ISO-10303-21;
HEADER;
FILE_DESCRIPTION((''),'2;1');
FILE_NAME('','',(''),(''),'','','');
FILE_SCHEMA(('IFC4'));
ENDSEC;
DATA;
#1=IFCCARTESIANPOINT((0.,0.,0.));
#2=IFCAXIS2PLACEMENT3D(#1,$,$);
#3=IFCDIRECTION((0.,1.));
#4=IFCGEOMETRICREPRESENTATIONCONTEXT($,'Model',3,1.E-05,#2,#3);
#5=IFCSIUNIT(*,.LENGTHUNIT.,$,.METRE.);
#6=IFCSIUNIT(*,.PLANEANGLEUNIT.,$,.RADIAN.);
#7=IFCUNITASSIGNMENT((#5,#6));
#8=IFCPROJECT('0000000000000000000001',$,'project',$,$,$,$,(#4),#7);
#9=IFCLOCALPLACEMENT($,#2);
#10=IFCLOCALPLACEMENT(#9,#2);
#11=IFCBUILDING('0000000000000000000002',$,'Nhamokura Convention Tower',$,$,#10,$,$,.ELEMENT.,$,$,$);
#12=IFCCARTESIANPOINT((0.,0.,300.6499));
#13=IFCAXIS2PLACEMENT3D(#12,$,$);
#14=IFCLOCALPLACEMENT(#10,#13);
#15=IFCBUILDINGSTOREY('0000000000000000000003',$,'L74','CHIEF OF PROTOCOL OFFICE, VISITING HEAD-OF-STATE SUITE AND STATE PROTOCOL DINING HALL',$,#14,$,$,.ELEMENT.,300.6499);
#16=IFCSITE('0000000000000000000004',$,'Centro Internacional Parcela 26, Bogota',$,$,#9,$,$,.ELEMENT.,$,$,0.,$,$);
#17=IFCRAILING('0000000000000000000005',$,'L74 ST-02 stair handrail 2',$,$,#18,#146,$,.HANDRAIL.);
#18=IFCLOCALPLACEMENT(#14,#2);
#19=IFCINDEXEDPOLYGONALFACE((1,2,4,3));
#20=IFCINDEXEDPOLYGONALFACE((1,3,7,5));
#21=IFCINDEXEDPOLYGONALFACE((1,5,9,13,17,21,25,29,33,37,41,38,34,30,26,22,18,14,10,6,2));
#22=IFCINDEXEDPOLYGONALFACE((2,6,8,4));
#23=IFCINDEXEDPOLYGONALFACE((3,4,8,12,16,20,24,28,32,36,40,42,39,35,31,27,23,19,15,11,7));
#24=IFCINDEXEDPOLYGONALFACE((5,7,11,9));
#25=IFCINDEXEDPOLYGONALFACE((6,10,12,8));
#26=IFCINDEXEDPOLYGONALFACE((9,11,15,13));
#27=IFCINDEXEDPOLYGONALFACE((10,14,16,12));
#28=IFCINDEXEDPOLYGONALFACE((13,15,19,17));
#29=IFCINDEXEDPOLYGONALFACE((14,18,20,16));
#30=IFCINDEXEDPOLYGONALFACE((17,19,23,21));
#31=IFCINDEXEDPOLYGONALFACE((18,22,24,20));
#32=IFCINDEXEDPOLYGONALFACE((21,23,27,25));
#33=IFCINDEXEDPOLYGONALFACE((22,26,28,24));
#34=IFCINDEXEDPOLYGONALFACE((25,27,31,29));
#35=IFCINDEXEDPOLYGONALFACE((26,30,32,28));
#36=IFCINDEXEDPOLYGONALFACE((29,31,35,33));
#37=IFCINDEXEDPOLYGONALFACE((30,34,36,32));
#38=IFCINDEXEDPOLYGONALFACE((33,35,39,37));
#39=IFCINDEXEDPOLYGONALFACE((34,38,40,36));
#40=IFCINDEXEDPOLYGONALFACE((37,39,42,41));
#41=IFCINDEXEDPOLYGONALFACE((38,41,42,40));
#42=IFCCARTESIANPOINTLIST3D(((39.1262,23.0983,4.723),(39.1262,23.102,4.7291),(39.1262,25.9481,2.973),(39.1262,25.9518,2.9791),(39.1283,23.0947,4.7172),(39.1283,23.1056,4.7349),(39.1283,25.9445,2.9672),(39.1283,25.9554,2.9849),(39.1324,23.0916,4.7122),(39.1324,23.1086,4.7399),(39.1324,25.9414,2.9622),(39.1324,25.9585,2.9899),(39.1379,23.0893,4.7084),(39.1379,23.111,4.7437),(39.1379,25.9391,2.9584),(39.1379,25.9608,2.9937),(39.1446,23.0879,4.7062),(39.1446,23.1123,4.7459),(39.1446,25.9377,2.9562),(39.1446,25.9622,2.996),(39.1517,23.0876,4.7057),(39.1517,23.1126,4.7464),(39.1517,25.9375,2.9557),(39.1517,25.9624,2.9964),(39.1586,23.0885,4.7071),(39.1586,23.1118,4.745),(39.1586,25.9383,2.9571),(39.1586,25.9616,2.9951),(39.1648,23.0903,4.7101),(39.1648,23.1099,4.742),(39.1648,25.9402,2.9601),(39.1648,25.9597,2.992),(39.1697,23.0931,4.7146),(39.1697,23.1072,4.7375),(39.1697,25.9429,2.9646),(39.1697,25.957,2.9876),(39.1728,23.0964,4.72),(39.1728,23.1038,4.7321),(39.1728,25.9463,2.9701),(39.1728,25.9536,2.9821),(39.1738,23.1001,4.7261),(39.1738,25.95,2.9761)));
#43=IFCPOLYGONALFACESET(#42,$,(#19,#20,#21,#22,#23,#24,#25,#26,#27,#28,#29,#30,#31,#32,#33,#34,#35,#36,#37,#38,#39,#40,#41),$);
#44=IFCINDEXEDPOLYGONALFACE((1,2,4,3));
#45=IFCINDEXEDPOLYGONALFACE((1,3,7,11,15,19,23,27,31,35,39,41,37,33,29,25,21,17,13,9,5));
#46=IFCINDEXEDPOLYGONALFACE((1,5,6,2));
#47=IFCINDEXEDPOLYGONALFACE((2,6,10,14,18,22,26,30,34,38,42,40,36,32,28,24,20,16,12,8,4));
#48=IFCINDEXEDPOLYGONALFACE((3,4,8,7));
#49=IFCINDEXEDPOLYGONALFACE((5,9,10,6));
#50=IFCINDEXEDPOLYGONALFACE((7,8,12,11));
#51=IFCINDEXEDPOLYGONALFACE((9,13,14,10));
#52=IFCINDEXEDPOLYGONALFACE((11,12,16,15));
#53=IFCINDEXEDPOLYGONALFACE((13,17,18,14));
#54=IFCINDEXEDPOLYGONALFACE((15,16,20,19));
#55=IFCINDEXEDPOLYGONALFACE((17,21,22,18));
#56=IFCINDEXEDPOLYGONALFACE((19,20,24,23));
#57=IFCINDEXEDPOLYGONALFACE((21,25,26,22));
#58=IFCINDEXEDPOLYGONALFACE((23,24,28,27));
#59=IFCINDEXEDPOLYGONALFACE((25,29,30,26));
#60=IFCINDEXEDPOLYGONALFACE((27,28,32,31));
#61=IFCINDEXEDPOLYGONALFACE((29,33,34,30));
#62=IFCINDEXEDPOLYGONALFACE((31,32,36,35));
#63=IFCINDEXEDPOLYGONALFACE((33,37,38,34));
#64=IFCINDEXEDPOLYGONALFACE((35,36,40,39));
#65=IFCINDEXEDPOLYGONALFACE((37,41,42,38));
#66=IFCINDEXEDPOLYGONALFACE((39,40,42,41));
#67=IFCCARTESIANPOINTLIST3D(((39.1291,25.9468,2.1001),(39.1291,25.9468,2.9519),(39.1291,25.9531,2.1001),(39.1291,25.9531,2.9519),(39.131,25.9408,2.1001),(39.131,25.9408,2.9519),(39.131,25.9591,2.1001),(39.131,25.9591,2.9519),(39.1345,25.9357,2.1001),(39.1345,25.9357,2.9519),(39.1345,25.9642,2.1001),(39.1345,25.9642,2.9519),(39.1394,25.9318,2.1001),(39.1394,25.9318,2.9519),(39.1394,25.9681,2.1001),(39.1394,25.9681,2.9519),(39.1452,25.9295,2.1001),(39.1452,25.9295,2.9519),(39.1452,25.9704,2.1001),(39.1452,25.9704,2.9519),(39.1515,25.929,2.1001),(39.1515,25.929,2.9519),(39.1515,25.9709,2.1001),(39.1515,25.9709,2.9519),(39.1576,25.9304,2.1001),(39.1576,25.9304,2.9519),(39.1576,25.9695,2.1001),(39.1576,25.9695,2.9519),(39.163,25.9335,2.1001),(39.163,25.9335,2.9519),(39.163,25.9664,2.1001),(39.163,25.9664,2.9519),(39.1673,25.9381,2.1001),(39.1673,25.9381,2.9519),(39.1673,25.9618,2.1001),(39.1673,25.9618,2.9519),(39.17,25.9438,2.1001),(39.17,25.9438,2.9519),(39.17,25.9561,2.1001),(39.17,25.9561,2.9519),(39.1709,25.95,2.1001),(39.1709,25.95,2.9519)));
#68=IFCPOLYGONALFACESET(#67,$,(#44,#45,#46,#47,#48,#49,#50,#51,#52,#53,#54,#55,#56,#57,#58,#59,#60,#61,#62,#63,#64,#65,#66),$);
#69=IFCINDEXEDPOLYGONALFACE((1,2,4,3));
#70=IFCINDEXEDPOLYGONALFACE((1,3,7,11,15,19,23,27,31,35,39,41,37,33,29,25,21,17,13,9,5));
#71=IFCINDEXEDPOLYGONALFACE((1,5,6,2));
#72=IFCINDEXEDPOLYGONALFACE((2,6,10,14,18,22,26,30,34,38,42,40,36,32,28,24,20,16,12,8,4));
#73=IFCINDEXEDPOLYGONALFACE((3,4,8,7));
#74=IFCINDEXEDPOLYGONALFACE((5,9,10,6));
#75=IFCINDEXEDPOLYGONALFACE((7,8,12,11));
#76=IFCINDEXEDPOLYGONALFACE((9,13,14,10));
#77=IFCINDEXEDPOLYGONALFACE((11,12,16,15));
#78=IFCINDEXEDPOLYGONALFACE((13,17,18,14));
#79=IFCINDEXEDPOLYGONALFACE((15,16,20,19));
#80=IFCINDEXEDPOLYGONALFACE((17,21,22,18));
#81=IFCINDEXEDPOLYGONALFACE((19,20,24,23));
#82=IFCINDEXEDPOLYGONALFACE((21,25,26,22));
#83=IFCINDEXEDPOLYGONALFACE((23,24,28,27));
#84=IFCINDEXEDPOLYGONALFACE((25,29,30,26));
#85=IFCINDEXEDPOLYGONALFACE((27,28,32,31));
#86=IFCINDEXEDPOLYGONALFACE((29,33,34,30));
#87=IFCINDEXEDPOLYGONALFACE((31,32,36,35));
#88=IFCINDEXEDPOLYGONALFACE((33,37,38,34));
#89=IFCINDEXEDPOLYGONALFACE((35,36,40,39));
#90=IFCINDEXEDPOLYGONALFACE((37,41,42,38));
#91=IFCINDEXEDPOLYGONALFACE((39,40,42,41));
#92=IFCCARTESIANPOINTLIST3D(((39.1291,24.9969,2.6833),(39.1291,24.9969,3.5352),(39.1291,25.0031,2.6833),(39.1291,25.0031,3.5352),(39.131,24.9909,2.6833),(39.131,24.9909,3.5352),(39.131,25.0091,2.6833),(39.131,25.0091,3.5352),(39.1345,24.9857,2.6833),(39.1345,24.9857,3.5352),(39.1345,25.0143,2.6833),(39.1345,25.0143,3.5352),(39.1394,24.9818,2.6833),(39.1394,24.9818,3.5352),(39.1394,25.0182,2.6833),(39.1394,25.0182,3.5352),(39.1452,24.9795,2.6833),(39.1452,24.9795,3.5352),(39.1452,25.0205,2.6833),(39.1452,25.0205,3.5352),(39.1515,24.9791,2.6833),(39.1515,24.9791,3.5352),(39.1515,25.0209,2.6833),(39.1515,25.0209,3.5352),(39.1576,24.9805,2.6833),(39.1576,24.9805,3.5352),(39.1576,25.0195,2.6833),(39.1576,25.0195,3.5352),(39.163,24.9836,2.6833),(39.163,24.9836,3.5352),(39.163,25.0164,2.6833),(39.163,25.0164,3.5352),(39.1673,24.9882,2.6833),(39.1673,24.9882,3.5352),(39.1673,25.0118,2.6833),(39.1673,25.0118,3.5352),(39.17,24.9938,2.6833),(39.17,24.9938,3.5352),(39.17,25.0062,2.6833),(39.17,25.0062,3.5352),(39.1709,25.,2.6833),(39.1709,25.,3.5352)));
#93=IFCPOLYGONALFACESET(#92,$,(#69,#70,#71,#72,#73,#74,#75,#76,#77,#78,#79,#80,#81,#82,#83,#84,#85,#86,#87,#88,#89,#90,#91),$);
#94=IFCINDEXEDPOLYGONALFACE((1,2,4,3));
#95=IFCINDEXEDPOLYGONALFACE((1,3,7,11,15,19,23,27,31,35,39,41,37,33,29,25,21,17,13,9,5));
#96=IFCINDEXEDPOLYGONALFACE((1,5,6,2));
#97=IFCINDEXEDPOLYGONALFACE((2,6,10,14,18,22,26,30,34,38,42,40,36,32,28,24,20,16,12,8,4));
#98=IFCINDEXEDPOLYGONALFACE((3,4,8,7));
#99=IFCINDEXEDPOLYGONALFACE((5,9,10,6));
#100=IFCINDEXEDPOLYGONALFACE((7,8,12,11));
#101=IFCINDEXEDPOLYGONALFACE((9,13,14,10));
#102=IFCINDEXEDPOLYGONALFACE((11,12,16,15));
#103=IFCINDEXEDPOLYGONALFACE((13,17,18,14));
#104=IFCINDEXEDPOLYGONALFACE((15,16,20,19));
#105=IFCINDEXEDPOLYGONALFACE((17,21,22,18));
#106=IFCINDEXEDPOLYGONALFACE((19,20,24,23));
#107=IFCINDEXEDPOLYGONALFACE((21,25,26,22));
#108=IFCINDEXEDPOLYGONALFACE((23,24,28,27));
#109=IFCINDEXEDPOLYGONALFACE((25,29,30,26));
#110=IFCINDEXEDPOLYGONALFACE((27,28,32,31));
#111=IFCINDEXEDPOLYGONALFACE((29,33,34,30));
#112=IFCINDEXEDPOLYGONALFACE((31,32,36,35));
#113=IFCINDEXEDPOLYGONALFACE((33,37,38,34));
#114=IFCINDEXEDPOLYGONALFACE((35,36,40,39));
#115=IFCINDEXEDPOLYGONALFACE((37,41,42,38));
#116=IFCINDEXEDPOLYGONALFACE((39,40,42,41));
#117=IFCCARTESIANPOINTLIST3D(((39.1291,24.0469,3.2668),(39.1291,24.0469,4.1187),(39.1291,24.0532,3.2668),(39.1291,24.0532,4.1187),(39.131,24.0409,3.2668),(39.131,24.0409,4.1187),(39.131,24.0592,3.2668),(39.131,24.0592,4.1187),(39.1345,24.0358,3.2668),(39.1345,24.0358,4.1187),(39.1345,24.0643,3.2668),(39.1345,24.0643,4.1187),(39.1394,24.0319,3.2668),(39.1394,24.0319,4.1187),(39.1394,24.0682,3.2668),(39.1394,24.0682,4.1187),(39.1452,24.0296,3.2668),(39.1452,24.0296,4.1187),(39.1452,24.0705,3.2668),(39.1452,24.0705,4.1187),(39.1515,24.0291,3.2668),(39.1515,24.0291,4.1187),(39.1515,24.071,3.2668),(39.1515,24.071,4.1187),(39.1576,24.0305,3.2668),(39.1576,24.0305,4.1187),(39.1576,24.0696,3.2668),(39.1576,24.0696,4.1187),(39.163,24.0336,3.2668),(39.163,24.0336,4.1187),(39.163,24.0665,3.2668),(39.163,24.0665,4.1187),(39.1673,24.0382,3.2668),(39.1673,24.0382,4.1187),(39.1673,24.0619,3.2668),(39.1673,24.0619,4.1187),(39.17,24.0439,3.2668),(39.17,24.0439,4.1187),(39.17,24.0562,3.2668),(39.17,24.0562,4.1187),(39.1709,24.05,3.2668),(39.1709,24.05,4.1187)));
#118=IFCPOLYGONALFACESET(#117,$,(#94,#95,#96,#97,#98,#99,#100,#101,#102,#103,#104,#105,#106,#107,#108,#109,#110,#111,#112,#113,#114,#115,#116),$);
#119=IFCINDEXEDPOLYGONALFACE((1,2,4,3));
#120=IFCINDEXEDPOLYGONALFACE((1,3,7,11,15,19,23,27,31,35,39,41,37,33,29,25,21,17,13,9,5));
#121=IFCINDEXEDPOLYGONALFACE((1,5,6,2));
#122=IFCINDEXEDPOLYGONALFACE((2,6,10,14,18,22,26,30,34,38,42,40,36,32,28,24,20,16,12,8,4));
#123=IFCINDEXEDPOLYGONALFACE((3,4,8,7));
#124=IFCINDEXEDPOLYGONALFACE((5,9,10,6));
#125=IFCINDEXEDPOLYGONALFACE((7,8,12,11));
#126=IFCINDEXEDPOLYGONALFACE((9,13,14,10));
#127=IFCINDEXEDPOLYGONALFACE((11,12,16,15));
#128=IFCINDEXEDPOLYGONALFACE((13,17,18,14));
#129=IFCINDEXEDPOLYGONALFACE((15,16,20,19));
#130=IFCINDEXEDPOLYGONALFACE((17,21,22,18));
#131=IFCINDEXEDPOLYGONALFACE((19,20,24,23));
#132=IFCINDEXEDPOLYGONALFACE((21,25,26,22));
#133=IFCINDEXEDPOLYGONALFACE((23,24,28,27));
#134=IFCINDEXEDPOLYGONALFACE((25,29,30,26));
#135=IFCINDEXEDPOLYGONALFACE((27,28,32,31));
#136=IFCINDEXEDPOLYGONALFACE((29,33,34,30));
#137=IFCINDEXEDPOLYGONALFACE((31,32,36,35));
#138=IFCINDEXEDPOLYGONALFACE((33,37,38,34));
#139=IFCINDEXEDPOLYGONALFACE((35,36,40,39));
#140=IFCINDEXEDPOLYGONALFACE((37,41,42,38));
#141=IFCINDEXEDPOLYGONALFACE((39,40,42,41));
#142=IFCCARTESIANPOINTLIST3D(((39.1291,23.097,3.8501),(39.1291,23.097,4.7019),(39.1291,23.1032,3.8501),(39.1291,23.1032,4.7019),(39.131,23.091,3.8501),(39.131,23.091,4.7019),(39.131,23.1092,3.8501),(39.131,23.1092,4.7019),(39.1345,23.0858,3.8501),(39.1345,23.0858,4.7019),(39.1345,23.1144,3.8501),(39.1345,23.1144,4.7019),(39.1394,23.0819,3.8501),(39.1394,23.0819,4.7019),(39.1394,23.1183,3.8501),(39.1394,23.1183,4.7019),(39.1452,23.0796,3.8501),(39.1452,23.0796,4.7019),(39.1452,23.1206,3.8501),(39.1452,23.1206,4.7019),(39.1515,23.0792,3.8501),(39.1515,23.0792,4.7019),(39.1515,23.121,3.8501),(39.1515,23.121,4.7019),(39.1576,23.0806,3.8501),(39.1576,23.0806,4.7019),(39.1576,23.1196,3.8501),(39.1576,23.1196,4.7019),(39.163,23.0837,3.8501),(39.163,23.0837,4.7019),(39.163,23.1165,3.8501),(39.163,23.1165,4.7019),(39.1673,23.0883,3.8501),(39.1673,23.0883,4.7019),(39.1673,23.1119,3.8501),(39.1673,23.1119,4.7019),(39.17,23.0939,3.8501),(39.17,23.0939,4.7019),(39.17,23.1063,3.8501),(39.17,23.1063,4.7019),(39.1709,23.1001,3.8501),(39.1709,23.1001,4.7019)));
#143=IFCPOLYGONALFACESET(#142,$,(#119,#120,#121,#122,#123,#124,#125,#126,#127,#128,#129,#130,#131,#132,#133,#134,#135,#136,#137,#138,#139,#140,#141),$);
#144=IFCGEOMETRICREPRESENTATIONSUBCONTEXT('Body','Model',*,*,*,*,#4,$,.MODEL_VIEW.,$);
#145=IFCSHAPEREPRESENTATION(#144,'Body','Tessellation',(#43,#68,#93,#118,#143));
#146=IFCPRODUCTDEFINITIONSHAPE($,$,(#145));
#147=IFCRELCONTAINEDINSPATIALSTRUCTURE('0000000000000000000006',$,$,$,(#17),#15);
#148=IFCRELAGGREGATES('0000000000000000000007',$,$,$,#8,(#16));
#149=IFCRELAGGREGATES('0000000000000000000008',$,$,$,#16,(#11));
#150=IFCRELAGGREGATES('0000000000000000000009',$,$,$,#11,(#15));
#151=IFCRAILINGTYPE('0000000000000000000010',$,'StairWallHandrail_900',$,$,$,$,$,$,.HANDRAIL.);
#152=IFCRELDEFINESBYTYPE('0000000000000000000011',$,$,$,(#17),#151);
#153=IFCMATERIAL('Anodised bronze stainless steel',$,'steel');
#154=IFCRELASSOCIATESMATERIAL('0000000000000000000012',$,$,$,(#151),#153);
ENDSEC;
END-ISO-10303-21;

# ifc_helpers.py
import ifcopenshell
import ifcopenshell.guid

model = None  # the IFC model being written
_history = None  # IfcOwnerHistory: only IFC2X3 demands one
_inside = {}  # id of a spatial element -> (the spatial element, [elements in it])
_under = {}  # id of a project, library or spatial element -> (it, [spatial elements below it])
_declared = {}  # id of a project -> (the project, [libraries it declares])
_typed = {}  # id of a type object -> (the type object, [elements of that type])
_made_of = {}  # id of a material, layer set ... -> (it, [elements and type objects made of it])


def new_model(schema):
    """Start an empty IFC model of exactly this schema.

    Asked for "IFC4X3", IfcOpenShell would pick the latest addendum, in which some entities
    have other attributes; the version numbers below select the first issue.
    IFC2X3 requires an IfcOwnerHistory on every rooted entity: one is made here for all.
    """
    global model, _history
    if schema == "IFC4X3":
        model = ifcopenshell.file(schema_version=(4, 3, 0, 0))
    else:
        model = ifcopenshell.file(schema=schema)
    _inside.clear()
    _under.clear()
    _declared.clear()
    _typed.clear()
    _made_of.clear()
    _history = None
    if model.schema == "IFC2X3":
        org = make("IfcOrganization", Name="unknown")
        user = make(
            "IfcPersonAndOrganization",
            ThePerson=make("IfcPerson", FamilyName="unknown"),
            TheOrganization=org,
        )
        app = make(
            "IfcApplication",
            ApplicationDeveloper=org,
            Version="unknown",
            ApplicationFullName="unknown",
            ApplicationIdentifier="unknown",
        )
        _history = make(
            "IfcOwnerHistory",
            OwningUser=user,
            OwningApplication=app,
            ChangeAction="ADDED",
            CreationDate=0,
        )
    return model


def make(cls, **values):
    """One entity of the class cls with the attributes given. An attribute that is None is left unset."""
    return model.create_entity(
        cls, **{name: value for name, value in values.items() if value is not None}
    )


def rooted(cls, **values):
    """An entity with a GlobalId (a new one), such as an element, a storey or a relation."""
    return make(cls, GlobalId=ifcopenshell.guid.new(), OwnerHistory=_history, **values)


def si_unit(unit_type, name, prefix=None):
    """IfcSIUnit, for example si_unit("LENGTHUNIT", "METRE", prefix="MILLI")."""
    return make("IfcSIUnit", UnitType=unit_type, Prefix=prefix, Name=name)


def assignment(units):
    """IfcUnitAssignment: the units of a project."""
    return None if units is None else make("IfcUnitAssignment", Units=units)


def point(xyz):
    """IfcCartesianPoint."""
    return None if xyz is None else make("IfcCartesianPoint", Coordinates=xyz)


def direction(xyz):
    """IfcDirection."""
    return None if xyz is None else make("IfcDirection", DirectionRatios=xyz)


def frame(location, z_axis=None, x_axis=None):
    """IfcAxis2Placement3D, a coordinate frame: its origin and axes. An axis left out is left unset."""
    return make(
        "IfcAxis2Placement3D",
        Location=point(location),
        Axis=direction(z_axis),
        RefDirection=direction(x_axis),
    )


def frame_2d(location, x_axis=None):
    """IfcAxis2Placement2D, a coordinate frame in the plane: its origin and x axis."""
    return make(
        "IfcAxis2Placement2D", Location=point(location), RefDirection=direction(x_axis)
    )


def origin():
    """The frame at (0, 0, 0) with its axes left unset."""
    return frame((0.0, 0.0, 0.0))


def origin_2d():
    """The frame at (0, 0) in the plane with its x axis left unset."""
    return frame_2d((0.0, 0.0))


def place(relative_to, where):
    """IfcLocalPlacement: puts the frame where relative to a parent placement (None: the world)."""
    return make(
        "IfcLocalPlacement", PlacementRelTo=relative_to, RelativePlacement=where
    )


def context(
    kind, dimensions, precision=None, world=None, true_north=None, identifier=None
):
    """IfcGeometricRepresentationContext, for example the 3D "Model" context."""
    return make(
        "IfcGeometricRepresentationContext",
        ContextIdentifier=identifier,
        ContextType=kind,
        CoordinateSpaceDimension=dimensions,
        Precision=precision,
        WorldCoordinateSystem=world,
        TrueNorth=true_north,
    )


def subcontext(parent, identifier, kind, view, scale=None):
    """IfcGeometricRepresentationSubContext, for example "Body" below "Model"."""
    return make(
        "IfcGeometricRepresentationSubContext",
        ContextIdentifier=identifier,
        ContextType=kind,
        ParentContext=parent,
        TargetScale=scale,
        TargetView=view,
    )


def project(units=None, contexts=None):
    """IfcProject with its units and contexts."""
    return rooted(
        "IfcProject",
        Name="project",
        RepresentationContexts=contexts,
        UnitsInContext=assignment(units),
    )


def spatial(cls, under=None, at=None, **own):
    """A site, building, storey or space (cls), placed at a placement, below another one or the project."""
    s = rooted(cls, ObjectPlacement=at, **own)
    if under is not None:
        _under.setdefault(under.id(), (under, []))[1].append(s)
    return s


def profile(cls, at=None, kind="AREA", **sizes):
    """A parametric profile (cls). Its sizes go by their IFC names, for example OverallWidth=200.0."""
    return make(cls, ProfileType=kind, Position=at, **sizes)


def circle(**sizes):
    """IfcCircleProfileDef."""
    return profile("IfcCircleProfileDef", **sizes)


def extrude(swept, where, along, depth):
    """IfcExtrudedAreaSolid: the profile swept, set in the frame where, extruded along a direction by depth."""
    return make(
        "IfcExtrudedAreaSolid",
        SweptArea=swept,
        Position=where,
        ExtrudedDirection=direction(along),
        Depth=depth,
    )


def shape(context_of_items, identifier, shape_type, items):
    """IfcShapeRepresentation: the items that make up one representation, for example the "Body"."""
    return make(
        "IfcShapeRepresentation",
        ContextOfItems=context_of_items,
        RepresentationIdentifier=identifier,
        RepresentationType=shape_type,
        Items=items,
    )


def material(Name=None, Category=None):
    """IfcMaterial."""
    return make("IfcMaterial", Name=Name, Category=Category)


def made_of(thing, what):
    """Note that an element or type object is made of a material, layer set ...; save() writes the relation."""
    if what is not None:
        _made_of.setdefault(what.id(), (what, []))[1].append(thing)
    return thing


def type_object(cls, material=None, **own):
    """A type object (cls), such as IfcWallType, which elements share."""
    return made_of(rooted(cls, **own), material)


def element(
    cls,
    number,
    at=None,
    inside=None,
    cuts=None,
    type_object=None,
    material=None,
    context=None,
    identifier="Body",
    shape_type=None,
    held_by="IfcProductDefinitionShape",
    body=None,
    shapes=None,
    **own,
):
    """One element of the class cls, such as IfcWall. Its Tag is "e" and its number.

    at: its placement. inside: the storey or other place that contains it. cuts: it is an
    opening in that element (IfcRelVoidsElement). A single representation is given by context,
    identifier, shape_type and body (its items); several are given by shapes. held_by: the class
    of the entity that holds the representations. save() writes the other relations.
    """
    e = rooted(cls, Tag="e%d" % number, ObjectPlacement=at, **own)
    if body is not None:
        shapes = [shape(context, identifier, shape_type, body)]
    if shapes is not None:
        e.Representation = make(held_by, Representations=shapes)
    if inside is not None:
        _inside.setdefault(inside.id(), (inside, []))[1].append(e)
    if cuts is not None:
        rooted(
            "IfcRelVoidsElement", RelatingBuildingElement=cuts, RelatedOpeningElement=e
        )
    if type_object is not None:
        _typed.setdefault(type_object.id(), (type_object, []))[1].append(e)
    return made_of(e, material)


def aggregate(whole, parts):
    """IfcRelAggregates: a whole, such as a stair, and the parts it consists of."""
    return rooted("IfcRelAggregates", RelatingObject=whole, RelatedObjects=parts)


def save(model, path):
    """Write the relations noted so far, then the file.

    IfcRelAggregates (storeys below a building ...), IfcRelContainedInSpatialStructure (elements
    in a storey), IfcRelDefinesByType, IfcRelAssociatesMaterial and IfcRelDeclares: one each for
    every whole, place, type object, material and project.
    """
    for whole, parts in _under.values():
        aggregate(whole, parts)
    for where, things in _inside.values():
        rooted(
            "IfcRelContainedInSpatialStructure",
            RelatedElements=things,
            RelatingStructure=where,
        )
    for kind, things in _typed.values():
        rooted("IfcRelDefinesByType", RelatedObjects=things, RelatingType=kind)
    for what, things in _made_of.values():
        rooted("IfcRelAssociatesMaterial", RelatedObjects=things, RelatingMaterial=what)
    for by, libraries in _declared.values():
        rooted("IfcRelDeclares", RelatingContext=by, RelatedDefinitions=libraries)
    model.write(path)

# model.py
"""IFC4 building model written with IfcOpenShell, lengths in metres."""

from ifc_helpers import new_model, si_unit, direction, frame, origin, origin_2d, place, context, subcontext, project, spatial, circle, extrude, material, type_object, element, save


model = new_model("IFC4")

# Units and contexts
model_context = context("Model", 3, precision=1e-05, world=origin(), true_north=direction((0.0, 1.0)))
body_context = subcontext(model_context, "Body", "Model", "MODEL_VIEW")
ifc_project = project(units=[si_unit("LENGTHUNIT", "METRE"), si_unit("PLANEANGLEUNIT", "RADIAN")], contexts=[model_context])

# Site, building, storey
site_placement = place(None, origin())
site = spatial("IfcSite", under=ifc_project, at=site_placement, Name="Centro Internacional Parcela 26, Bogota", CompositionType="ELEMENT", RefElevation=0.0)
building_placement = place(site_placement, origin())
building = spatial("IfcBuilding", under=site, at=building_placement, Name="Nhamokura Convention Tower", CompositionType="ELEMENT")
storey_placement = place(building_placement, frame((0.0, 0.0, 300.6499)))
storey = spatial("IfcBuildingStorey", under=building, at=storey_placement, Name="L74", Description="CHIEF OF PROTOCOL OFFICE, VISITING HEAD-OF-STATE SUITE AND STATE PROTOCOL DINING HALL", CompositionType="ELEMENT", Elevation=300.6499)

# Railing
ifc_material_1 = material(Name="Anodised bronze stainless steel", Category="steel")
railing_type_1 = type_object("IfcRailingType", Name="StairWallHandrail_900", PredefinedType="HANDRAIL", material=ifc_material_1)
railing_1_placement = place(storey_placement, frame((39.1499, 25.95, 2.1001)))
element("IfcRailing", 1, at=railing_1_placement, inside=storey, type_object=railing_type_1, Name="L74 ST-02 stair handrail 2", PredefinedType="HANDRAIL", context=body_context, shape_type="SweptSolid", body=[
    extrude(circle(Radius=0.0239, at=origin_2d()), frame((0.0, 0.0, 0.876), z_axis=(0.0, -0.852159, 0.523283), x_axis=(1.0, 0.0, 0.0)), (0.0, 0.0, 1.0), 3.3442),
    extrude(circle(Radius=0.021, at=origin_2d()), origin(), (0.0, 0.0, 1.0), 0.8518),
    extrude(circle(Radius=0.021, at=origin_2d()), frame((0.0, -0.95, 0.5833)), (0.0, 0.0, 1.0), 0.8518),
    extrude(circle(Radius=0.021, at=origin_2d()), frame((0.0, -1.8999, 1.1667)), (0.0, 0.0, 1.0), 0.8518),
    extrude(circle(Radius=0.021, at=origin_2d()), frame((0.0, -2.8499, 1.75)), (0.0, 0.0, 1.0), 0.8518),
])

save(model, "model.ifc")
